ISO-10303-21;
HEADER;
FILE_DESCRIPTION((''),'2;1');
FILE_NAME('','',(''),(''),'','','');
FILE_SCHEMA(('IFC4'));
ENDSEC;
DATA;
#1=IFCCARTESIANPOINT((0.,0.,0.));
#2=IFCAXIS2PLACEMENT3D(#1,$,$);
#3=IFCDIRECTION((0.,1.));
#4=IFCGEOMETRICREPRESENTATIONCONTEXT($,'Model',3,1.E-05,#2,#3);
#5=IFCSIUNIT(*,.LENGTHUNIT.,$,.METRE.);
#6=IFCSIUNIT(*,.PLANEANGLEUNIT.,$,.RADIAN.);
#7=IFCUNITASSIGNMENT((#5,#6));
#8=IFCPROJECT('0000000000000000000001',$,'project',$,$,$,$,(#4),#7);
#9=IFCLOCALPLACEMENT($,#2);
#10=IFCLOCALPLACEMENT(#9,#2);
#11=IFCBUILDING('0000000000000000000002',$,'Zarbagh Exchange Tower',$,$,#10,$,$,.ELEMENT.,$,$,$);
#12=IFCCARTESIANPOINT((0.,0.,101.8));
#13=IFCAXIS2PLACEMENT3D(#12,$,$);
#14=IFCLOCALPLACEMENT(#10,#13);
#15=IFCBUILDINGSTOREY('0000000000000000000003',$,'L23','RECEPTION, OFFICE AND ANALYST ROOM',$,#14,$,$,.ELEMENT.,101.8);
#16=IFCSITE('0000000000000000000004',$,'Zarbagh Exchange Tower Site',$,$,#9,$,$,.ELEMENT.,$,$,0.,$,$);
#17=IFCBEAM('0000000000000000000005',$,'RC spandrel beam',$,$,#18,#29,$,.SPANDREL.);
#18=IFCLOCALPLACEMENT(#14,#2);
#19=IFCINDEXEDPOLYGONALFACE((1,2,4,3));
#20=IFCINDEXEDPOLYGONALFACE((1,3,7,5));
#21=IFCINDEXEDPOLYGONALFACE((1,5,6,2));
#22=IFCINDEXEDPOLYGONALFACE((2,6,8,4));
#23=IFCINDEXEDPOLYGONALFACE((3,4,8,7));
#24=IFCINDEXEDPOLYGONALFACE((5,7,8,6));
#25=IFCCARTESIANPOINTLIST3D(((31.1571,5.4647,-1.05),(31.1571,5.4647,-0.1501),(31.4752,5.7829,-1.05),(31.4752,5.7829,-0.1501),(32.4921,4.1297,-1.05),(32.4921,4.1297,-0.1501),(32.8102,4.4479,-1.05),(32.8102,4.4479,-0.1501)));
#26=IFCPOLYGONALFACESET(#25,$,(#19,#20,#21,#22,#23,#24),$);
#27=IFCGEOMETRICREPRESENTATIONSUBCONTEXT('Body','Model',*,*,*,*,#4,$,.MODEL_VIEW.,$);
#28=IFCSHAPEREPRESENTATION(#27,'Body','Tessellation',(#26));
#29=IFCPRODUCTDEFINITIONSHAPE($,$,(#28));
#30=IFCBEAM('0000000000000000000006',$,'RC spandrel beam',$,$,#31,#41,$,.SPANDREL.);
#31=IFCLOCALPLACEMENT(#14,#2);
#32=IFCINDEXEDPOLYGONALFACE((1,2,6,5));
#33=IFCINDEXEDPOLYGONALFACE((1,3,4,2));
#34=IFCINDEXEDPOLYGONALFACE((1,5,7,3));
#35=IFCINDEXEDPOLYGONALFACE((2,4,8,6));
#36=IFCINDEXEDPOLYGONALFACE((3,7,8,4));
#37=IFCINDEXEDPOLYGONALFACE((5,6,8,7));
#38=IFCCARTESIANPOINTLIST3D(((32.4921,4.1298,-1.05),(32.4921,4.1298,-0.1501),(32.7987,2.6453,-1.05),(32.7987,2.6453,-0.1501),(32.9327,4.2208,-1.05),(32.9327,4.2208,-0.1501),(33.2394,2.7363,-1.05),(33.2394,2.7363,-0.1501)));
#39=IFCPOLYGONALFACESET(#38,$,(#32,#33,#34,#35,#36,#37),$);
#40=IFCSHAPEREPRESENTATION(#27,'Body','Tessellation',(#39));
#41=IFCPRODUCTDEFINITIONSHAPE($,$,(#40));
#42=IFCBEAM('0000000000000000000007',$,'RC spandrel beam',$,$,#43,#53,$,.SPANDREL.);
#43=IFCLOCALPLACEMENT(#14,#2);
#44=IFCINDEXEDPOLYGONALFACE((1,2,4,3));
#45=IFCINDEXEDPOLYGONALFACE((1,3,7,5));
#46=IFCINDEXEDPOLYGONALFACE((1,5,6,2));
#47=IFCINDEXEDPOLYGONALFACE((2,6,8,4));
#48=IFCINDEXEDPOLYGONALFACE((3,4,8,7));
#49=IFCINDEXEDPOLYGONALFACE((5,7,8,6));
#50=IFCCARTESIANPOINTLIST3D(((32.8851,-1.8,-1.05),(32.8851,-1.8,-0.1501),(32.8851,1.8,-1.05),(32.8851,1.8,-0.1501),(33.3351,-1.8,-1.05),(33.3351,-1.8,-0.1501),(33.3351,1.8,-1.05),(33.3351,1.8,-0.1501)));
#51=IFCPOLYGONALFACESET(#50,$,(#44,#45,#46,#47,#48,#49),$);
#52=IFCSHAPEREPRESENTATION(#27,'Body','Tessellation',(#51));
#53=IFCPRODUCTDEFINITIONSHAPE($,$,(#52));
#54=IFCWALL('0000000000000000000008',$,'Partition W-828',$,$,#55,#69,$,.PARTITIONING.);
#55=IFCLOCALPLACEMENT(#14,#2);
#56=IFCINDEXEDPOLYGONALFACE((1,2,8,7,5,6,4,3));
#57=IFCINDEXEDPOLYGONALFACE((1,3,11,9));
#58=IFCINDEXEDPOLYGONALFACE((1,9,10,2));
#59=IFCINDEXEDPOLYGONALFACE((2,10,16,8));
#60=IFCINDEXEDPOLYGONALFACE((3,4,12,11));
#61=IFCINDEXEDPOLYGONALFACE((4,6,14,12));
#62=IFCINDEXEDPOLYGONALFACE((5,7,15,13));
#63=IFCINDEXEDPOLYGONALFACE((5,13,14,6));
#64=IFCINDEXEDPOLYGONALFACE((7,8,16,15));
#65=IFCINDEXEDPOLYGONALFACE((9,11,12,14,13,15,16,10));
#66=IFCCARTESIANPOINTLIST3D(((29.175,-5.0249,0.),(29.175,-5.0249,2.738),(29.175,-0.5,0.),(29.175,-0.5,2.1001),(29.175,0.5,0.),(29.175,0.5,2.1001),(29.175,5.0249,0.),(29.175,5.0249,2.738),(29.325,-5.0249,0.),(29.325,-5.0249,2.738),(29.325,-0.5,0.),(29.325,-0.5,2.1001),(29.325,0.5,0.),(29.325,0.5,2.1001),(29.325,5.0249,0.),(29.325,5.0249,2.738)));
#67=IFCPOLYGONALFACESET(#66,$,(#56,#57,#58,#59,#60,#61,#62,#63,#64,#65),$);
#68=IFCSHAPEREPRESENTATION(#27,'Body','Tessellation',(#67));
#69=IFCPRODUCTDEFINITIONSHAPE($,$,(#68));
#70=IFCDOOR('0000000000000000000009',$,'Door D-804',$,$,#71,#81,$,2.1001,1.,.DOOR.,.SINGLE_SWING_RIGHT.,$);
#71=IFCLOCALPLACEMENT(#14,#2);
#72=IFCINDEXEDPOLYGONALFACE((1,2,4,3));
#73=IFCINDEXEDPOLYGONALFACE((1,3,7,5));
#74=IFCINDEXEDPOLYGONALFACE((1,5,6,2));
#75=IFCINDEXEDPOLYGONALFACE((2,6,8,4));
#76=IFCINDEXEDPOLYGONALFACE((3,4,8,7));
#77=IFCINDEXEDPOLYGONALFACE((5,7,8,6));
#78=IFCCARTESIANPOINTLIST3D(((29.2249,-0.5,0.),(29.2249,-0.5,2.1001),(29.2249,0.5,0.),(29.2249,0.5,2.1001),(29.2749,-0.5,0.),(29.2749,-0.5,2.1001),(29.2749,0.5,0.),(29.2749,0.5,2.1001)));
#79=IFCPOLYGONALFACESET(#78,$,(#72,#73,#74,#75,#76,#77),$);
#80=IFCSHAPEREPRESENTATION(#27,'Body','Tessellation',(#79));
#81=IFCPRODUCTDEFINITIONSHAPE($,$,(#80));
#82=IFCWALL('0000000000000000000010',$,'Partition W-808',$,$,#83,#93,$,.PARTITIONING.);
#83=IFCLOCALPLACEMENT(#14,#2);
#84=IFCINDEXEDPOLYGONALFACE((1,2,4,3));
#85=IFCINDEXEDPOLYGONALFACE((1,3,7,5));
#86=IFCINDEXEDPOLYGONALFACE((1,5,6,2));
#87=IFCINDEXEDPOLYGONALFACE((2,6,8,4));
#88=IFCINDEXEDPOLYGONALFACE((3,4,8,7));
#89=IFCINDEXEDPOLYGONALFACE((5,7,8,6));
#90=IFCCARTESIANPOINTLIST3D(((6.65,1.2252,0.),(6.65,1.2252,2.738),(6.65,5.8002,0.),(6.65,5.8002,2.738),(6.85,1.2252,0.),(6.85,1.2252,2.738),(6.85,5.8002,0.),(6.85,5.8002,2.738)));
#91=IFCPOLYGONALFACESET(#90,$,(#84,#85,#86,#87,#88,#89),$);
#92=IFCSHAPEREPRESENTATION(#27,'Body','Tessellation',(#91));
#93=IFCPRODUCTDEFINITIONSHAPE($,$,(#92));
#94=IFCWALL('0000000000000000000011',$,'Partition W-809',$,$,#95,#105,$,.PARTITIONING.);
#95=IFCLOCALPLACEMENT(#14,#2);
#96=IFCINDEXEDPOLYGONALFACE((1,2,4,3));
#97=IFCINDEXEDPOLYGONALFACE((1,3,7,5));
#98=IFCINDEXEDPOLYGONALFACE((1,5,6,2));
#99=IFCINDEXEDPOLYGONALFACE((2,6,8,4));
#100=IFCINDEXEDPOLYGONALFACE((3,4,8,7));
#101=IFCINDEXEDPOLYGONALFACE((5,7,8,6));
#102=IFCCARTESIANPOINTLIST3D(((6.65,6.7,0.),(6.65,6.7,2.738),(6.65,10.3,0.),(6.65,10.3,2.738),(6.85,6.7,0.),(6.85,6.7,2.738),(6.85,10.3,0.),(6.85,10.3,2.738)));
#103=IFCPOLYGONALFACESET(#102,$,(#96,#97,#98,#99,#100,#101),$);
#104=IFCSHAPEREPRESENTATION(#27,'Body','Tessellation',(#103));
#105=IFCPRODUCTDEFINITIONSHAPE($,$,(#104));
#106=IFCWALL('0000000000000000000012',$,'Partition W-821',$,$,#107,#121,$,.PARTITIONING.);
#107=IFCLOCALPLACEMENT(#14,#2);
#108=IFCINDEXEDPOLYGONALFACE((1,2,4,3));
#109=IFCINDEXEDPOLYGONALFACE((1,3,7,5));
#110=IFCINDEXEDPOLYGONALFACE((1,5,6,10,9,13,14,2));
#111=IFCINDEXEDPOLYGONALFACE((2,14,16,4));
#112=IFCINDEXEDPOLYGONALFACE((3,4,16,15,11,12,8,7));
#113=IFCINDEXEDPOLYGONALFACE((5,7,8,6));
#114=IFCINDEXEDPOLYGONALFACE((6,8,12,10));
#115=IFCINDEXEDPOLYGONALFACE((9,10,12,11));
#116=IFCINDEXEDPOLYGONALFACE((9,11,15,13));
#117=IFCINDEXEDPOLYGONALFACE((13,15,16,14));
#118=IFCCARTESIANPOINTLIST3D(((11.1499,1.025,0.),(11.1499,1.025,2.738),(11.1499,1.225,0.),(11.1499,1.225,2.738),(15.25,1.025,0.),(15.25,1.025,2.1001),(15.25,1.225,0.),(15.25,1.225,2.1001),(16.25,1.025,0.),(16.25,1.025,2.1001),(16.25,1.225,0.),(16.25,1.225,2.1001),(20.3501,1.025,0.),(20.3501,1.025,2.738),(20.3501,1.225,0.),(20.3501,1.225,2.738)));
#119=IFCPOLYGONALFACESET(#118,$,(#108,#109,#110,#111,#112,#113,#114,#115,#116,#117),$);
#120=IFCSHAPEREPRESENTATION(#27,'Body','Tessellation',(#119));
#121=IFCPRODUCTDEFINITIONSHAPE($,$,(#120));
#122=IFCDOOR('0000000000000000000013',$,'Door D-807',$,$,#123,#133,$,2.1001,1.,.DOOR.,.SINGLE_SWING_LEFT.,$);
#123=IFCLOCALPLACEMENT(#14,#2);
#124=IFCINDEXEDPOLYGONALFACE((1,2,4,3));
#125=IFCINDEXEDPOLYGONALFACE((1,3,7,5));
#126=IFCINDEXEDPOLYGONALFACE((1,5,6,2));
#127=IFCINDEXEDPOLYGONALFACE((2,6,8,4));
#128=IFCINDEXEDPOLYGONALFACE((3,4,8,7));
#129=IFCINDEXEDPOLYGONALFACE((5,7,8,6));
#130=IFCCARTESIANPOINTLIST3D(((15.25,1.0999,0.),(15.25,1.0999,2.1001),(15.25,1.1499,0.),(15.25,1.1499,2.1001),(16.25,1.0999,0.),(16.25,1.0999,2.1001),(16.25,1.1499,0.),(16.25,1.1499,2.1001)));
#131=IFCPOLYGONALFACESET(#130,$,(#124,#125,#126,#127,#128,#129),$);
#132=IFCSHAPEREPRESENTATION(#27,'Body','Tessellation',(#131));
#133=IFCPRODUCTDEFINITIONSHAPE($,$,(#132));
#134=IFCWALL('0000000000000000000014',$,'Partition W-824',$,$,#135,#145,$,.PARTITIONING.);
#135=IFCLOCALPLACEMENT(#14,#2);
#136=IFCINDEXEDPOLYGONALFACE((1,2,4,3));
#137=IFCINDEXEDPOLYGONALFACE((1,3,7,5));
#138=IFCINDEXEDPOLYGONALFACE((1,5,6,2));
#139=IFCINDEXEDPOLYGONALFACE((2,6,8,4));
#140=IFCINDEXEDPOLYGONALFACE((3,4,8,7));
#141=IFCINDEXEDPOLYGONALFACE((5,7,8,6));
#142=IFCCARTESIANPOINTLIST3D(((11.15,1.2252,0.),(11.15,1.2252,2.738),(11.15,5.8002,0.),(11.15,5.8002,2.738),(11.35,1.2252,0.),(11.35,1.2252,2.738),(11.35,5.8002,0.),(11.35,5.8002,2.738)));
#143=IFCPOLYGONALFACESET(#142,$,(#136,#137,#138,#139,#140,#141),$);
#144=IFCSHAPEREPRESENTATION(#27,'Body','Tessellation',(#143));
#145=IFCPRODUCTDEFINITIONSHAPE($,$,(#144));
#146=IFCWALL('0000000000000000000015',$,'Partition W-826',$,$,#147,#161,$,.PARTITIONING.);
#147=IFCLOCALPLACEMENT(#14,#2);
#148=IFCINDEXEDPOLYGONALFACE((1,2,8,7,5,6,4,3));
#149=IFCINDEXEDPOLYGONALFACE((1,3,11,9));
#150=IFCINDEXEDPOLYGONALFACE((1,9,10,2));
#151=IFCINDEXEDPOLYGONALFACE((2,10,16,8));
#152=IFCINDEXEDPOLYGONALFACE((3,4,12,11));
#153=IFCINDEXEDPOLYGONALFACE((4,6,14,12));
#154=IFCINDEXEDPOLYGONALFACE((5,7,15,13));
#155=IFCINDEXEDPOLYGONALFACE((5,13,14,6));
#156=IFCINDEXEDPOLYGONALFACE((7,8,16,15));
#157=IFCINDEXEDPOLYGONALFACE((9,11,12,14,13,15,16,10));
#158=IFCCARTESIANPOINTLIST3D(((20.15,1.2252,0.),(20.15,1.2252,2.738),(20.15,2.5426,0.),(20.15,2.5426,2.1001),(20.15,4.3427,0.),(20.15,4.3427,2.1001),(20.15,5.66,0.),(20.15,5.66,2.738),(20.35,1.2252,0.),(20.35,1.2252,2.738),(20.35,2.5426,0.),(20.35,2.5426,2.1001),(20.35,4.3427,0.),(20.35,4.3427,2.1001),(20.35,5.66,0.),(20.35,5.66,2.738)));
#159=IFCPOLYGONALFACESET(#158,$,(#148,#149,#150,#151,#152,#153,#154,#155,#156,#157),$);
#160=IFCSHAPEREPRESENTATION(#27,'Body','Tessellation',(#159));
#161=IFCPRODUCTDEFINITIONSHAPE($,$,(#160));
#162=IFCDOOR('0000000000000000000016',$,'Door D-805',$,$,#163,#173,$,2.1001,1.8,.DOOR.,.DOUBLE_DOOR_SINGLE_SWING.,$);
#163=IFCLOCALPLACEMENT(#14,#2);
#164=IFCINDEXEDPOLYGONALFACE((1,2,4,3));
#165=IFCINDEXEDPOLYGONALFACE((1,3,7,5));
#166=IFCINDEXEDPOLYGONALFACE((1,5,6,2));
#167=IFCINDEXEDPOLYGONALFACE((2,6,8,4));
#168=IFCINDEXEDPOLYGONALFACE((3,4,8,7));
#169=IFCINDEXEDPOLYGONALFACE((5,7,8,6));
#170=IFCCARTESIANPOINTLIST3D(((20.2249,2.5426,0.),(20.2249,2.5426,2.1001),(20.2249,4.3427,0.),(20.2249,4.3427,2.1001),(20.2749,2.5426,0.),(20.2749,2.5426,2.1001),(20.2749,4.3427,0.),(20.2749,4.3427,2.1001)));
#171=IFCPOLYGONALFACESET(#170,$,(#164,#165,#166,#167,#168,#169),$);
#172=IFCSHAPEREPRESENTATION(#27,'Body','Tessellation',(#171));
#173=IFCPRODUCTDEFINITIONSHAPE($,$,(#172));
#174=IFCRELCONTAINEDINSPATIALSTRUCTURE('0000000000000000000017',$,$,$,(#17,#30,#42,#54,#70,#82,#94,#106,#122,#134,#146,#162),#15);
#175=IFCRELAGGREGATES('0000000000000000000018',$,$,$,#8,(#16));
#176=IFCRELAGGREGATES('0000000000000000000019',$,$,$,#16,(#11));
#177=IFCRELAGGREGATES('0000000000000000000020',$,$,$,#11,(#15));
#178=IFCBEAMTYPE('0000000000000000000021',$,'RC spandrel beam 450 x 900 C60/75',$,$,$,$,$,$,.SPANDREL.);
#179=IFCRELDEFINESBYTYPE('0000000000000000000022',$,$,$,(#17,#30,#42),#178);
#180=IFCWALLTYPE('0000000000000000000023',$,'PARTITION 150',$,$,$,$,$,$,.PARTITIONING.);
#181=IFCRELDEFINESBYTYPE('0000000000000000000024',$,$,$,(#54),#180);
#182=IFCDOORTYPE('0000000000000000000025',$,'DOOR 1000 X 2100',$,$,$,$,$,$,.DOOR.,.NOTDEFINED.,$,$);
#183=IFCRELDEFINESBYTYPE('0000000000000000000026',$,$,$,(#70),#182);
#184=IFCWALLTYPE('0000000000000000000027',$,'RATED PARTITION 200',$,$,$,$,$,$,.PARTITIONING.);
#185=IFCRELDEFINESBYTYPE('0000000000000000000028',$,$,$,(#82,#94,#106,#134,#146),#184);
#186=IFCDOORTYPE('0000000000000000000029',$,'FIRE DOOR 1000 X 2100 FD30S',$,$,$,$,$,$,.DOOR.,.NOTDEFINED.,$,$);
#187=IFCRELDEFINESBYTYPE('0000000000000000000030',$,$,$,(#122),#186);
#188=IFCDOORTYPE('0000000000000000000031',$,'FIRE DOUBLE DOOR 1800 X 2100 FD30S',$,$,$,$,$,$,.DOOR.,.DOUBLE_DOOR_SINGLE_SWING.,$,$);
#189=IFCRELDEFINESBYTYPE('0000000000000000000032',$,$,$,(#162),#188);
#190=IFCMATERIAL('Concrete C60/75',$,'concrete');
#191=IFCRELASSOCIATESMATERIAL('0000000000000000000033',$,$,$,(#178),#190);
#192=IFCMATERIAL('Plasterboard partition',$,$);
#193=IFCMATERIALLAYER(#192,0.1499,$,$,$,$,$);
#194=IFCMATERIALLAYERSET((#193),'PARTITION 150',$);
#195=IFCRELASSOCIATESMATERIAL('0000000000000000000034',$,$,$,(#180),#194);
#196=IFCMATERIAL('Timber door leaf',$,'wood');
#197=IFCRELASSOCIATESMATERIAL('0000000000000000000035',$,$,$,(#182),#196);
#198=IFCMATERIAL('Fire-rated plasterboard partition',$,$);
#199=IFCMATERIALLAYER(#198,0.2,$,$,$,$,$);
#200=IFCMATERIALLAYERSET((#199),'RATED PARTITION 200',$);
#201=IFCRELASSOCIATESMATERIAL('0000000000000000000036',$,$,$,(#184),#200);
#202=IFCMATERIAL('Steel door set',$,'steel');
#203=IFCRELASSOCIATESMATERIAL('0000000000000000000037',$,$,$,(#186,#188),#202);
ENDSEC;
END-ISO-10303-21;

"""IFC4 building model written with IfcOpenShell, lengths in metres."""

from ifc_helpers import new_model, si_unit, direction, frame, frame_2d, origin, origin_2d, place, context, subcontext, project, spatial, rectangle, extrude, material, layer, layer_set, material_profile, profile_set, type_object, element, fill, save


model = new_model("IFC4")

# Units and contexts
model_context = context("Model", 3, precision=1e-05, world=origin(), true_north=direction((0.0, 1.0)))
body_context = subcontext(model_context, "Body", "Model", "MODEL_VIEW")
ifc_project = project(units=[si_unit("LENGTHUNIT", "METRE"), si_unit("PLANEANGLEUNIT", "RADIAN")], contexts=[model_context])

# Site, building, storey
site_placement = place(None, origin())
site = spatial("IfcSite", under=ifc_project, at=site_placement, Name="Zarbagh Exchange Tower Site", CompositionType="ELEMENT", RefElevation=0.0)
building_placement = place(site_placement, origin())
building = spatial("IfcBuilding", under=site, at=building_placement, Name="Zarbagh Exchange Tower", CompositionType="ELEMENT")
storey_placement = place(building_placement, frame((0.0, 0.0, 101.8)))
storey = spatial("IfcBuildingStorey", under=building, at=storey_placement, Name="L23", Description="RECEPTION, OFFICE AND ANALYST ROOM", CompositionType="ELEMENT", Elevation=101.8)

# Shared definitions
ifc_material_1 = material(Name="Concrete C60/75", Category="concrete")

# Beams
ifc_material_profile_1 = material_profile(ifc_material_1, rectangle(XDim=0.45, YDim=0.8999, at=origin_2d()), Name="RC spandrel beam 450 x 900 C60/75")
ifc_profile_set_1 = profile_set([ifc_material_profile_1], Name="Concrete C60/75")
beam_type_1 = type_object("IfcBeamType", Name="RC spandrel beam 450 x 900 C60/75", PredefinedType="SPANDREL", material=ifc_profile_set_1)
beam_1_placement = place(storey_placement, frame((31.3162, 5.6238, -0.6001), z_axis=(0.707107, -0.707107, 0.0), x_axis=(0.707107, 0.707107, 0.0)))
element("IfcBeam", 1, at=beam_1_placement, inside=storey, type_object=beam_type_1, Name="RC spandrel beam", PredefinedType="SPANDREL", context=body_context, shape_type="SweptSolid", body=[
    extrude(rectangle(XDim=0.45, YDim=0.8999, at=origin_2d()), origin(), (0.0, 0.0, 1.0), 1.8879),
])
beam_2_placement = place(storey_placement, frame((32.7124, 4.1753, -0.6001), z_axis=(0.202275, -0.979329, 0.0), x_axis=(0.979329, 0.202275, 0.0)))
element("IfcBeam", 2, at=beam_2_placement, inside=storey, type_object=beam_type_1, Name="RC spandrel beam", PredefinedType="SPANDREL", context=body_context, shape_type="SweptSolid", body=[
    extrude(rectangle(XDim=0.45, YDim=0.8999, at=origin_2d()), origin(), (0.0, 0.0, 1.0), 1.5159),
])
beam_3_placement = place(storey_placement, frame((33.1101, 1.8, -0.6001), z_axis=(0.0, -1.0, 0.0), x_axis=(1.0, 0.0, 0.0)))
element("IfcBeam", 3, at=beam_3_placement, inside=storey, type_object=beam_type_1, Name="RC spandrel beam", PredefinedType="SPANDREL", context=body_context, shape_type="SweptSolid", body=[
    extrude(rectangle(XDim=0.45, YDim=0.8999, at=origin_2d()), origin(), (0.0, 0.0, 1.0), 3.6001),
])

# Wall, opening, door
ifc_material_2 = material(Name="Plasterboard partition")
ifc_layer_1 = layer(ifc_material_2, 0.1499)
ifc_layer_set_1 = layer_set([ifc_layer_1], Name="PARTITION 150")
wall_type_1 = type_object("IfcWallType", Name="PARTITION 150", PredefinedType="PARTITIONING", material=ifc_layer_set_1)
wall_1_placement = place(storey_placement, frame((29.25, 5.0249, 0.0), z_axis=(0.0, 0.0, 1.0), x_axis=(0.0, -1.0, 0.0)))
wall_1 = element("IfcWall", 4, at=wall_1_placement, inside=storey, type_object=wall_type_1, Name="Partition W-828", PredefinedType="PARTITIONING", context=body_context, shape_type="SweptSolid", body=[
    extrude(rectangle(XDim=10.0498, YDim=0.1499, at=frame_2d((5.0249, 0.0))), origin(), (0.0, 0.0, 1.0), 2.738),
])
opening_1_placement = place(wall_1_placement, frame((4.5249, 0.0, 0.0)))
opening_1 = element("IfcOpeningElement", 5, at=opening_1_placement, cuts=wall_1, PredefinedType="OPENING", context=body_context, shape_type="SweptSolid", body=[
    extrude(rectangle(XDim=1.0, YDim=2.1001, at=frame_2d((0.5, 1.05))), frame((0.0, 0.085, 0.0), z_axis=(0.0, -1.0, 0.0), x_axis=(1.0, 0.0, 0.0)), (0.0, 0.0, 1.0), 0.1699),
])
ifc_material_3 = material(Name="Timber door leaf", Category="wood")
door_type_1 = type_object("IfcDoorType", Name="DOOR 1000 X 2100", OperationType="NOTDEFINED", PredefinedType="DOOR", material=ifc_material_3)
door_1_placement = place(opening_1_placement, origin())
door_1 = element("IfcDoor", 6, at=door_1_placement, inside=storey, type_object=door_type_1, Name="Door D-804", OperationType="SINGLE_SWING_RIGHT", OverallHeight=2.1001, OverallWidth=1.0, PredefinedType="DOOR", context=body_context, shape_type="SweptSolid", body=[
    extrude(rectangle(XDim=1.0, YDim=2.1001, at=frame_2d((0.5, 1.05))), frame((0.0, 0.0249, 0.0), z_axis=(0.0, -1.0, 0.0), x_axis=(1.0, 0.0, 0.0)), (0.0, 0.0, 1.0), 0.05),
])
fill(opening_1, door_1)

# Walls
ifc_material_4 = material(Name="Fire-rated plasterboard partition")
ifc_layer_2 = layer(ifc_material_4, 0.2)
ifc_layer_set_2 = layer_set([ifc_layer_2], Name="RATED PARTITION 200")
wall_type_2 = type_object("IfcWallType", Name="RATED PARTITION 200", PredefinedType="PARTITIONING", material=ifc_layer_set_2)
wall_2_placement = place(storey_placement, frame((6.75, 1.2251, 0.0), z_axis=(0.0, 0.0, 1.0), x_axis=(0.0, 1.0, 0.0)))
element("IfcWall", 7, at=wall_2_placement, inside=storey, type_object=wall_type_2, Name="Partition W-808", PredefinedType="PARTITIONING", context=body_context, shape_type="SweptSolid", body=[
    extrude(rectangle(XDim=4.575, YDim=0.2, at=frame_2d((2.2876, 0.0))), origin(), (0.0, 0.0, 1.0), 2.738),
])
wall_3_placement = place(storey_placement, frame((6.75, 6.7, 0.0), z_axis=(0.0, 0.0, 1.0), x_axis=(0.0, 1.0, 0.0)))
element("IfcWall", 8, at=wall_3_placement, inside=storey, type_object=wall_type_2, Name="Partition W-809", PredefinedType="PARTITIONING", context=body_context, shape_type="SweptSolid", body=[
    extrude(rectangle(XDim=3.6001, YDim=0.2, at=frame_2d((1.8, 0.0))), origin(), (0.0, 0.0, 1.0), 2.738),
])

# Wall, opening, door
wall_4_placement = place(storey_placement, frame((11.1499, 1.125, 0.0), z_axis=(0.0, 0.0, 1.0), x_axis=(1.0, 0.0, 0.0)))
wall_4 = element("IfcWall", 9, at=wall_4_placement, inside=storey, type_object=wall_type_2, Name="Partition W-821", PredefinedType="PARTITIONING", context=body_context, shape_type="SweptSolid", body=[
    extrude(rectangle(XDim=9.2002, YDim=0.2, at=frame_2d((4.6001, 0.0))), origin(), (0.0, 0.0, 1.0), 2.738),
])
opening_2_placement = place(wall_4_placement, frame((4.1001, 0.0, 0.0)))
opening_2 = element("IfcOpeningElement", 10, at=opening_2_placement, cuts=wall_4, PredefinedType="OPENING", context=body_context, shape_type="SweptSolid", body=[
    extrude(rectangle(XDim=1.0, YDim=2.1001, at=frame_2d((0.5, 1.05))), frame((0.0, 0.1099, 0.0), z_axis=(0.0, -1.0, 0.0), x_axis=(1.0, 0.0, 0.0)), (0.0, 0.0, 1.0), 0.22),
])
ifc_material_5 = material(Name="Steel door set", Category="steel")
door_type_2 = type_object("IfcDoorType", Name="FIRE DOOR 1000 X 2100 FD30S", OperationType="NOTDEFINED", PredefinedType="DOOR", material=ifc_material_5)
door_2_placement = place(opening_2_placement, origin())
door_2 = element("IfcDoor", 11, at=door_2_placement, inside=storey, type_object=door_type_2, Name="Door D-807", OperationType="SINGLE_SWING_LEFT", OverallHeight=2.1001, OverallWidth=1.0, PredefinedType="DOOR", context=body_context, shape_type="SweptSolid", body=[
    extrude(rectangle(XDim=1.0, YDim=2.1001, at=frame_2d((0.5, 1.05))), frame((0.0, 0.0249, 0.0), z_axis=(0.0, -1.0, 0.0), x_axis=(1.0, 0.0, 0.0)), (0.0, 0.0, 1.0), 0.05),
])
fill(opening_2, door_2)

# Wall
wall_5_placement = place(storey_placement, frame((11.25, 1.2251, 0.0), z_axis=(0.0, 0.0, 1.0), x_axis=(0.0, 1.0, 0.0)))
element("IfcWall", 12, at=wall_5_placement, inside=storey, type_object=wall_type_2, Name="Partition W-824", PredefinedType="PARTITIONING", context=body_context, shape_type="SweptSolid", body=[
    extrude(rectangle(XDim=4.575, YDim=0.2, at=frame_2d((2.2876, 0.0))), origin(), (0.0, 0.0, 1.0), 2.738),
])

# Wall, opening, door
wall_6_placement = place(storey_placement, frame((20.25, 5.6599, 0.0), z_axis=(0.0, 0.0, 1.0), x_axis=(0.0, -1.0, 0.0)))
wall_6 = element("IfcWall", 13, at=wall_6_placement, inside=storey, type_object=wall_type_2, Name="Partition W-826", PredefinedType="PARTITIONING", context=body_context, shape_type="SweptSolid", body=[
    extrude(rectangle(XDim=4.4348, YDim=0.2, at=frame_2d((2.2173, 0.0))), origin(), (0.0, 0.0, 1.0), 2.738),
])
opening_3_placement = place(wall_6_placement, frame((1.3174, 0.0, 0.0)))
opening_3 = element("IfcOpeningElement", 14, at=opening_3_placement, cuts=wall_6, PredefinedType="OPENING", context=body_context, shape_type="SweptSolid", body=[
    extrude(rectangle(XDim=1.8, YDim=2.1001, at=frame_2d((0.8999, 1.05))), frame((0.0, 0.1099, 0.0), z_axis=(0.0, -1.0, 0.0), x_axis=(1.0, 0.0, 0.0)), (0.0, 0.0, 1.0), 0.22),
])
door_type_3 = type_object("IfcDoorType", Name="FIRE DOUBLE DOOR 1800 X 2100 FD30S", OperationType="DOUBLE_DOOR_SINGLE_SWING", PredefinedType="DOOR", material=ifc_material_5)
door_3_placement = place(opening_3_placement, origin())
door_3 = element("IfcDoor", 15, at=door_3_placement, inside=storey, type_object=door_type_3, Name="Door D-805", OperationType="DOUBLE_DOOR_SINGLE_SWING", OverallHeight=2.1001, OverallWidth=1.8, PredefinedType="DOOR", context=body_context, shape_type="SweptSolid", body=[
    extrude(rectangle(XDim=1.8, YDim=2.1001, at=frame_2d((0.8999, 1.05))), frame((0.0, 0.0249, 0.0), z_axis=(0.0, -1.0, 0.0), x_axis=(1.0, 0.0, 0.0)), (0.0, 0.0, 1.0), 0.05),
])
fill(opening_3, door_3)

save(model, "model.ifc")
